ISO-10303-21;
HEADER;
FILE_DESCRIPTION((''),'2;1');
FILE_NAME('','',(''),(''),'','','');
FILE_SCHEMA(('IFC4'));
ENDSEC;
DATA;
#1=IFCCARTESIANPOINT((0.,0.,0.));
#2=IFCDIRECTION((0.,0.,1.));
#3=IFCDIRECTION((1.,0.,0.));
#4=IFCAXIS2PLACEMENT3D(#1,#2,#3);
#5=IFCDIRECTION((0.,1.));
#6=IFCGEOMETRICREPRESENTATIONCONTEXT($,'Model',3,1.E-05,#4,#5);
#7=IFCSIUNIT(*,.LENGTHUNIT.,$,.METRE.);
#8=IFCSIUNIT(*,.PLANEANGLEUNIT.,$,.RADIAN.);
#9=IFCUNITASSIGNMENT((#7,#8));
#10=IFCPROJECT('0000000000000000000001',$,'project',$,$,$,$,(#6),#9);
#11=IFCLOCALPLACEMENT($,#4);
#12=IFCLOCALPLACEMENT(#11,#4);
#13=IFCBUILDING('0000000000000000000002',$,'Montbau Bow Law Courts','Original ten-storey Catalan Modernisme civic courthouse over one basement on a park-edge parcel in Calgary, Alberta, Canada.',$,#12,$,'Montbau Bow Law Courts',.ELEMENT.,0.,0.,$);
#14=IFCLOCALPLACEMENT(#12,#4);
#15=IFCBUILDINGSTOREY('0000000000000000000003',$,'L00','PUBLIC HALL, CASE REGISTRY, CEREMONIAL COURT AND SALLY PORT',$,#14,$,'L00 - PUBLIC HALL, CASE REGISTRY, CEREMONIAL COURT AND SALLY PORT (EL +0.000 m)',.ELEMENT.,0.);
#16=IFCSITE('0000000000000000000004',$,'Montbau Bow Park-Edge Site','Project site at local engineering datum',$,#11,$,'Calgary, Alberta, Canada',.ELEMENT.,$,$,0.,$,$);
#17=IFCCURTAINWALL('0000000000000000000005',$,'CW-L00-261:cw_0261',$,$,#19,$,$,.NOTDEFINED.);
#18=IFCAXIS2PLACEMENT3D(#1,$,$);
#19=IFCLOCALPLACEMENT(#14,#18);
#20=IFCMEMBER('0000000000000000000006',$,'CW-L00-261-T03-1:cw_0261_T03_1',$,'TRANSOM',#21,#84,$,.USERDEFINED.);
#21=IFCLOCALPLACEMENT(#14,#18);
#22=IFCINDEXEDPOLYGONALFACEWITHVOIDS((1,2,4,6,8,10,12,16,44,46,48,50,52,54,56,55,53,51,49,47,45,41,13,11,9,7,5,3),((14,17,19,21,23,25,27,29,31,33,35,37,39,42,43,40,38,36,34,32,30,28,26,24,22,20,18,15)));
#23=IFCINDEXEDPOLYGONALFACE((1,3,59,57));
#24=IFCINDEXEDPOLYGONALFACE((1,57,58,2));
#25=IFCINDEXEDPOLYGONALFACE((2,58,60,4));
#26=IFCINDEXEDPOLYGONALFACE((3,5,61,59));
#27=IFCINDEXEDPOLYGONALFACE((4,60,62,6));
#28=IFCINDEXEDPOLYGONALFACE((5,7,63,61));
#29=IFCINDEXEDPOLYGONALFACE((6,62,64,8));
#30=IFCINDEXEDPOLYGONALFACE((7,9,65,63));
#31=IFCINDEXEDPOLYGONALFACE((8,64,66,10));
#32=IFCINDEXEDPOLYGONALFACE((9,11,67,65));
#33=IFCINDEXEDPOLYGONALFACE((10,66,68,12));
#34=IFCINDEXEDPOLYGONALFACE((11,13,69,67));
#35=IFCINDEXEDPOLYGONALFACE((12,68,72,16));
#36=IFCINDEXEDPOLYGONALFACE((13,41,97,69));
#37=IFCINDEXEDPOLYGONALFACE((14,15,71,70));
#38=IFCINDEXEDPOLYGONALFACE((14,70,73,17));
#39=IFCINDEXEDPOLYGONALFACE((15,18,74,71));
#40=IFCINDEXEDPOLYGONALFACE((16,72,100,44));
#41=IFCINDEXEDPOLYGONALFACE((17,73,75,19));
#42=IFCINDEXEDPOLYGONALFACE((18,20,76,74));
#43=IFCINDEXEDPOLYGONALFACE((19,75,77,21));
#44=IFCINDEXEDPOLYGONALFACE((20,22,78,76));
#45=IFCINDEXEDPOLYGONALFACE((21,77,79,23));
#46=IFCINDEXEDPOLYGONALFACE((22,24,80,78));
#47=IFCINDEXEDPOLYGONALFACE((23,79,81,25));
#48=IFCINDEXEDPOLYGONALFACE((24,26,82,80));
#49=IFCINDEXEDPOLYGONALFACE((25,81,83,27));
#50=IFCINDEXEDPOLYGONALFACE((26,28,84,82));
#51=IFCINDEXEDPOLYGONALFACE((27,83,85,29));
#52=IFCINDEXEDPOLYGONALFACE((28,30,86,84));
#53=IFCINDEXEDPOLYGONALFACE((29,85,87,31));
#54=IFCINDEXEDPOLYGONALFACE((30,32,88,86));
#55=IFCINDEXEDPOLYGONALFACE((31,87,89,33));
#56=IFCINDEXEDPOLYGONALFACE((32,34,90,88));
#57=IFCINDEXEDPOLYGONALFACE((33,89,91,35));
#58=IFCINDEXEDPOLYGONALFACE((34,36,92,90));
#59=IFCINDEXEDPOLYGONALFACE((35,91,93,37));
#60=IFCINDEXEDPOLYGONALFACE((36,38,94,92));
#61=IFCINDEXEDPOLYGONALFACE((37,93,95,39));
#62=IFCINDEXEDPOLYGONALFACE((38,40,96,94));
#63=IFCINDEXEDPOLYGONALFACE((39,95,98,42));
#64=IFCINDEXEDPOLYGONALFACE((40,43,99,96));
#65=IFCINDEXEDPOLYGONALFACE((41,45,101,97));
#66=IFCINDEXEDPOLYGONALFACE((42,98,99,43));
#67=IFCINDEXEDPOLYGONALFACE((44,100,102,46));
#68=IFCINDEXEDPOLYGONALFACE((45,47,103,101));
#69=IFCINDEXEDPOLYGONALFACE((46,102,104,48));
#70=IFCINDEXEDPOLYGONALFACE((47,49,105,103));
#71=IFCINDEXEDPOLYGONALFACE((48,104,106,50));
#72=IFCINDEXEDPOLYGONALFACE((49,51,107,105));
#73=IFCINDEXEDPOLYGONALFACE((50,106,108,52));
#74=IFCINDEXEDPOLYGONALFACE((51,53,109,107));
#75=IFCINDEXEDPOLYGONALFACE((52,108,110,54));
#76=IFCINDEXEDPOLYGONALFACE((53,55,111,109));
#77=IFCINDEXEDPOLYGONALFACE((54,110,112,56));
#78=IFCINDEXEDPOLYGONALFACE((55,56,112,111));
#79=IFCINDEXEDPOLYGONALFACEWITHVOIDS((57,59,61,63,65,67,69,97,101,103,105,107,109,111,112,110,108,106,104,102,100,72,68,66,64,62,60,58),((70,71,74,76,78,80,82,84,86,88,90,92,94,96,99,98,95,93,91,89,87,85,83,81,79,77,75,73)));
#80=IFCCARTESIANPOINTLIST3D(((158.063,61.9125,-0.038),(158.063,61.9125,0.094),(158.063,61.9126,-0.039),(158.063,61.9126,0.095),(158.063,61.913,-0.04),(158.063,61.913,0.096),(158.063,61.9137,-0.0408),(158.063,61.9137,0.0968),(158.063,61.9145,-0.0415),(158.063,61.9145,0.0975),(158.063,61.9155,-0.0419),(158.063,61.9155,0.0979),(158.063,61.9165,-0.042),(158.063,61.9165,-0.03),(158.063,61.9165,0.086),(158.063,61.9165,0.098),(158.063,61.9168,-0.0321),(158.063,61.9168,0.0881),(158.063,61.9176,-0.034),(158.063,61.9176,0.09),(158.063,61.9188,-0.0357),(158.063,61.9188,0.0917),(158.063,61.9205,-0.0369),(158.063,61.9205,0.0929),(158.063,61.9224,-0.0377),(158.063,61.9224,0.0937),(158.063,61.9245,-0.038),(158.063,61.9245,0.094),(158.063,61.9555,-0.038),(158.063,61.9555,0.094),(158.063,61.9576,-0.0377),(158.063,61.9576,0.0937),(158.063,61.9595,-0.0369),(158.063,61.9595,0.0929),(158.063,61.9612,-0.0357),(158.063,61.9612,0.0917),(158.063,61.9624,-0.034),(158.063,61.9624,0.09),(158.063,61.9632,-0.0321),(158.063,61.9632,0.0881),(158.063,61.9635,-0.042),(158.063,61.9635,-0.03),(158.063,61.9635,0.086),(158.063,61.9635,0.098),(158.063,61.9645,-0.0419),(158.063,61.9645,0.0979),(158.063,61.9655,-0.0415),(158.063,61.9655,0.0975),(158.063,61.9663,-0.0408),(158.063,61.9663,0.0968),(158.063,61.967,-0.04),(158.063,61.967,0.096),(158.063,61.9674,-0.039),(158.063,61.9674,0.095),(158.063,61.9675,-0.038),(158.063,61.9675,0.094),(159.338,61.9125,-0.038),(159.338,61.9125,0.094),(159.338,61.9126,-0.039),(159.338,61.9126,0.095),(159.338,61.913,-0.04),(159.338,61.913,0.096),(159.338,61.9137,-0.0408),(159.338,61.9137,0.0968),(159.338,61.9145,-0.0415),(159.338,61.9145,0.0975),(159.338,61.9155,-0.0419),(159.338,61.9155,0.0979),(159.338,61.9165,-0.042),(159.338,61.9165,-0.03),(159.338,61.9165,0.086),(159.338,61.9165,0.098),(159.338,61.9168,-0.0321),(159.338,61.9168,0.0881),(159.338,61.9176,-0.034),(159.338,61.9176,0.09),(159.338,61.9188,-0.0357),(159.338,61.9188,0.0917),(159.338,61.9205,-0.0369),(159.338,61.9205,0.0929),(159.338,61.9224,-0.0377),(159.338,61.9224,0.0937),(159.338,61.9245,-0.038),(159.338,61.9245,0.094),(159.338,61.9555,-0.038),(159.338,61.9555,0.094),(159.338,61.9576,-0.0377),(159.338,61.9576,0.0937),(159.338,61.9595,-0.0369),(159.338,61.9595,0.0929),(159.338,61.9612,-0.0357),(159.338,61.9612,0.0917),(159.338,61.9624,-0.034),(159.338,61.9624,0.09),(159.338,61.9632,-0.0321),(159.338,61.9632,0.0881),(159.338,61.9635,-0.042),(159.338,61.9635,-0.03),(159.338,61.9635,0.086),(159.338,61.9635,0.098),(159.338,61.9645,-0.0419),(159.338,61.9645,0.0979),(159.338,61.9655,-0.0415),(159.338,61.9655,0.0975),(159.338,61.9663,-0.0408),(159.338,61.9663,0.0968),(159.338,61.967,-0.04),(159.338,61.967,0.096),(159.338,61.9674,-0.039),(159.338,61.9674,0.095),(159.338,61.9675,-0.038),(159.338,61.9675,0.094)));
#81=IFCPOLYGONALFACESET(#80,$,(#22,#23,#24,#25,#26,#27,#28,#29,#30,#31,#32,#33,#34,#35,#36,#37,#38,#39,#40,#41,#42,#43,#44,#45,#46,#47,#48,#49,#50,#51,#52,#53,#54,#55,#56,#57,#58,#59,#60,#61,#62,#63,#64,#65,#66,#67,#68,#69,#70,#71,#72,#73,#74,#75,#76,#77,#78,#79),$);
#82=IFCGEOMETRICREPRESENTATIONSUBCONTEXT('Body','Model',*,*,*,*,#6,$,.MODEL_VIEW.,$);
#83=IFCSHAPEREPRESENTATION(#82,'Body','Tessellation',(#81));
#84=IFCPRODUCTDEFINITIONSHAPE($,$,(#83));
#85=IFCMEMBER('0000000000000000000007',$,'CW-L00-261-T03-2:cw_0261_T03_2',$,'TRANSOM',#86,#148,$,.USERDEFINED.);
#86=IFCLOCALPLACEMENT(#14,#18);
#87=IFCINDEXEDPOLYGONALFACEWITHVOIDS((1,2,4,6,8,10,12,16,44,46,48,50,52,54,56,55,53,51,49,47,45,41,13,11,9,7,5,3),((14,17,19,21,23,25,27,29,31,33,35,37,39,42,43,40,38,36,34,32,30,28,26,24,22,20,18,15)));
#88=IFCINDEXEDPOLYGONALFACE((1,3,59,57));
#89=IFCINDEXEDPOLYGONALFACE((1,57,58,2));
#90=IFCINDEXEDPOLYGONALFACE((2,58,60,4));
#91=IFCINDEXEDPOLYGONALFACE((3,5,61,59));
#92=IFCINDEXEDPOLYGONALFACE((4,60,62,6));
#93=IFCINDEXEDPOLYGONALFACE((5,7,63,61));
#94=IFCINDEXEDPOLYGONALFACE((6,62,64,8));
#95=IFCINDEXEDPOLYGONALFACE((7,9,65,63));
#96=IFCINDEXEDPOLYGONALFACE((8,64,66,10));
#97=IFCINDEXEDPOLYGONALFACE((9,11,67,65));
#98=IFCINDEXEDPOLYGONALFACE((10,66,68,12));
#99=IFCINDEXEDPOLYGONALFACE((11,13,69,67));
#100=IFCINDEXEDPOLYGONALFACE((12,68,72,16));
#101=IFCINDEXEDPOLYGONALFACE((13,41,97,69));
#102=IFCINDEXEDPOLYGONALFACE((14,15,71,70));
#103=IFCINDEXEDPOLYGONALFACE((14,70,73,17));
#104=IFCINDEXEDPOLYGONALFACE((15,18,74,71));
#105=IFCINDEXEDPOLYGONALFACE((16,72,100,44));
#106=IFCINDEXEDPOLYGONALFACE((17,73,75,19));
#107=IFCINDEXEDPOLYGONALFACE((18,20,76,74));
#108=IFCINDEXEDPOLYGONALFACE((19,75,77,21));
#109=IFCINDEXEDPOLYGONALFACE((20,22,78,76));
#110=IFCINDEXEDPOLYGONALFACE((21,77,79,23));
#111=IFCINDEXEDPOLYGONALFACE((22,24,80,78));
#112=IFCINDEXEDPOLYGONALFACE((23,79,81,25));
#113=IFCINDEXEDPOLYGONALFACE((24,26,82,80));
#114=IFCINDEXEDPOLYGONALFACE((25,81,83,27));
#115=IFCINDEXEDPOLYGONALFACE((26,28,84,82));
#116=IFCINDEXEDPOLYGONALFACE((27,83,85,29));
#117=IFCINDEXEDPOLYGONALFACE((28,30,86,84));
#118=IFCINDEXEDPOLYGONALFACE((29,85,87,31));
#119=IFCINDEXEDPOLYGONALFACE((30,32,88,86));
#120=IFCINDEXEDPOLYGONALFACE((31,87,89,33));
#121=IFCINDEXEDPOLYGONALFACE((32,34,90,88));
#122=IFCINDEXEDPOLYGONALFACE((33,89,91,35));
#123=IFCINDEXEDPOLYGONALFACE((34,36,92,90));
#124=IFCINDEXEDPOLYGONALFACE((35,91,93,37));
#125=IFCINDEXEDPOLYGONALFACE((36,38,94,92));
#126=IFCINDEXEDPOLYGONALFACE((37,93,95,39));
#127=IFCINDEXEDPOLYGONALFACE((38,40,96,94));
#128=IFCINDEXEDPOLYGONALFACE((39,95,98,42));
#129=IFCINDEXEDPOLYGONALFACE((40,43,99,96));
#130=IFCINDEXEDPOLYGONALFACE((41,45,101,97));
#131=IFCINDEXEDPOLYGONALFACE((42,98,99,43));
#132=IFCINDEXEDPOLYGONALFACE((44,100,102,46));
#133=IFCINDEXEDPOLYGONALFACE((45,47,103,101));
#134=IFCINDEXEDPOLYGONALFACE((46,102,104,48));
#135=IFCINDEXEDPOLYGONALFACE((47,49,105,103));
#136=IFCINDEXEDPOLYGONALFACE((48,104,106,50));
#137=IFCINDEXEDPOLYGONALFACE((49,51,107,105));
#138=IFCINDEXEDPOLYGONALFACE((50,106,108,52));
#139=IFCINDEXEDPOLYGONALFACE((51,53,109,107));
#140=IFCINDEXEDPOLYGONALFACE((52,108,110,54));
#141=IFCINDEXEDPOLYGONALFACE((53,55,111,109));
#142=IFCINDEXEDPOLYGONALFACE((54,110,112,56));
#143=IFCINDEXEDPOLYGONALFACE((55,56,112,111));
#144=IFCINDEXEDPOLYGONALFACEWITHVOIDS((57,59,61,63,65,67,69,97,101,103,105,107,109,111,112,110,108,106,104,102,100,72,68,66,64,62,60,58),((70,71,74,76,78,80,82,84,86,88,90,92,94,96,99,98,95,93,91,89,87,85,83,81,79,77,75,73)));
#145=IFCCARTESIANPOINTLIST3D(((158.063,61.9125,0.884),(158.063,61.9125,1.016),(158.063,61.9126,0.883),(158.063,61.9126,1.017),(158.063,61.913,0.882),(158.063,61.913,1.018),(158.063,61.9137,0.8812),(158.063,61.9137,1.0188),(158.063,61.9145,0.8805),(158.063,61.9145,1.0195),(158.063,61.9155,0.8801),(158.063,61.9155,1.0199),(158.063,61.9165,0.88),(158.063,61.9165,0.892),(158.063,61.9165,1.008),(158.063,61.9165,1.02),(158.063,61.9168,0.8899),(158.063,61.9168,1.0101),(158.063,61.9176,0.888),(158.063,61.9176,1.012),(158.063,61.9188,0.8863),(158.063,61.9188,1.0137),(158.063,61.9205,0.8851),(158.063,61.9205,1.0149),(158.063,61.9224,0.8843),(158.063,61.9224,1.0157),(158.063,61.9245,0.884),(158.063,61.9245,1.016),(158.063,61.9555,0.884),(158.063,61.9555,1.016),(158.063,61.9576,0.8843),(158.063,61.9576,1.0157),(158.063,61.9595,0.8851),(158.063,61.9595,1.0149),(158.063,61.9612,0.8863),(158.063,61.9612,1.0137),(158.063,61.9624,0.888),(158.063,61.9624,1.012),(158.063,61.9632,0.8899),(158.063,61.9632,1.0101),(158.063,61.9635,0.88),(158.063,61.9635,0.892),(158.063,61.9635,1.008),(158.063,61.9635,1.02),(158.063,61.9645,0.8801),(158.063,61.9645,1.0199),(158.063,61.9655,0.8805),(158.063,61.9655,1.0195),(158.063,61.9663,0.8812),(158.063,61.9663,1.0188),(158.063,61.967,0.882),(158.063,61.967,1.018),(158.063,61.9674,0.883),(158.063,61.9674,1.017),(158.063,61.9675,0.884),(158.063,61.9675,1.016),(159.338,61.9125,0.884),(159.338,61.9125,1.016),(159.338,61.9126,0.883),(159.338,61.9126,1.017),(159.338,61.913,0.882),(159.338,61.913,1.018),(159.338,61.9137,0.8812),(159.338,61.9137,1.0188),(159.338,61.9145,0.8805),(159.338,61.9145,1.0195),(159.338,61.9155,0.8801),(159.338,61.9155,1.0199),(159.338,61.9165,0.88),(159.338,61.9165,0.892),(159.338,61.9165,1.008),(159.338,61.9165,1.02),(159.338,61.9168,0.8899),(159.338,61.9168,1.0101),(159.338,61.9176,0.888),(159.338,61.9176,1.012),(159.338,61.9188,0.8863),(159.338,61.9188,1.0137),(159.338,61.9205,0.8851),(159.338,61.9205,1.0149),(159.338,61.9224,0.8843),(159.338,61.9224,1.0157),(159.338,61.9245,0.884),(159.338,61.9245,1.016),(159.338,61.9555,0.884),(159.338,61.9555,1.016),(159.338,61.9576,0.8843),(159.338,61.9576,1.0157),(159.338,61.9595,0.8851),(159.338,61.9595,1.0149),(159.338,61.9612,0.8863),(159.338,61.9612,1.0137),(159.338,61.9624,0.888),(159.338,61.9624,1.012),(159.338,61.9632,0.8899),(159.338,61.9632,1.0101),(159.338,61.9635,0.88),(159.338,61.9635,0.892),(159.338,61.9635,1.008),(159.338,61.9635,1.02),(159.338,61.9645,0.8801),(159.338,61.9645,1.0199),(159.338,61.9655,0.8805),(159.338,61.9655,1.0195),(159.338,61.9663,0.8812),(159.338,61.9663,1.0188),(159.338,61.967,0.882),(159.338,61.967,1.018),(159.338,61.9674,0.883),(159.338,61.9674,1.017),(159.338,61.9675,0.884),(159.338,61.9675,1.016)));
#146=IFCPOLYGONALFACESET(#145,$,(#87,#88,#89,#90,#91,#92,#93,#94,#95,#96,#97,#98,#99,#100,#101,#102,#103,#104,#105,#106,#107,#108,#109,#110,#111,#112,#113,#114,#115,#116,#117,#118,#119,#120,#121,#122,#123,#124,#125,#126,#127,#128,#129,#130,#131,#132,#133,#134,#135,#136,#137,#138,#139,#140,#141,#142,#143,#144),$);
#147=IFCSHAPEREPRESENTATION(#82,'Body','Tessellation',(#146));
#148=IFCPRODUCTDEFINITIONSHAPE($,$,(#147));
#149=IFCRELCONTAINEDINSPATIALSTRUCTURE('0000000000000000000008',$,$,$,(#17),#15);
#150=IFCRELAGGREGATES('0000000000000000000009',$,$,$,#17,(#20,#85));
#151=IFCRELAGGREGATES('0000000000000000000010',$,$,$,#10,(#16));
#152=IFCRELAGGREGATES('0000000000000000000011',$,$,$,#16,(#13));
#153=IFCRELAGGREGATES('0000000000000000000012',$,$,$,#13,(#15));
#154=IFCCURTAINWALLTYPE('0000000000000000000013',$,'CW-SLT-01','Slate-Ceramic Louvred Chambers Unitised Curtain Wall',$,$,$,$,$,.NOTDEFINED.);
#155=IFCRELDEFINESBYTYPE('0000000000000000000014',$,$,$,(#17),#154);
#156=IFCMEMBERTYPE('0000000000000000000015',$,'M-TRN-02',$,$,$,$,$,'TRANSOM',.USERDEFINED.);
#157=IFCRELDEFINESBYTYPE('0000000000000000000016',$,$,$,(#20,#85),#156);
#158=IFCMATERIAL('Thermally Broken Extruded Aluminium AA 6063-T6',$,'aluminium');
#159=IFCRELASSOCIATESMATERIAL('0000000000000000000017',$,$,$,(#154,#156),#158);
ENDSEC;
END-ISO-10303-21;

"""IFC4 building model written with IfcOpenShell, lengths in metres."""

from ifc_helpers import new_model, si_unit, direction, frame, origin_with_axes, origin_2d_with_axis, place, context, subcontext, project, spatial, hollow_rectangle, extrude, material, material_profile, profile_set, type_object, element, aggregate, save


model = new_model("IFC4")

# Units and contexts
model_context = context("Model", 3, precision=1e-05, world=origin_with_axes(), true_north=direction((0.0, 1.0)))
body_context = subcontext(model_context, "Body", "Model", "MODEL_VIEW")
ifc_project = project(units=[si_unit("LENGTHUNIT", "METRE"), si_unit("PLANEANGLEUNIT", "RADIAN")], contexts=[model_context])

# Site, building, storey
site_placement = place(None, origin_with_axes())
site = spatial("IfcSite", under=ifc_project, at=site_placement, Name="Montbau Bow Park-Edge Site", Description="Project site at local engineering datum", LongName="Calgary, Alberta, Canada", CompositionType="ELEMENT", RefElevation=0.0)
building_placement = place(site_placement, origin_with_axes())
building = spatial("IfcBuilding", under=site, at=building_placement, Name="Montbau Bow Law Courts", Description="Original ten-storey Catalan Modernisme civic courthouse over one basement on a park-edge parcel in Calgary, Alberta, Canada.", LongName="Montbau Bow Law Courts", CompositionType="ELEMENT", ElevationOfRefHeight=0.0, ElevationOfTerrain=0.0)
storey_placement = place(building_placement, origin_with_axes())
storey = spatial("IfcBuildingStorey", under=building, at=storey_placement, Name="L00", Description="PUBLIC HALL, CASE REGISTRY, CEREMONIAL COURT AND SALLY PORT", LongName="L00 - PUBLIC HALL, CASE REGISTRY, CEREMONIAL COURT AND SALLY PORT (EL +0.000 m)", CompositionType="ELEMENT", Elevation=0.0)

# Curtain wall, members
ifc_material_1 = material(Name="Thermally Broken Extruded Aluminium AA 6063-T6", Category="aluminium")
curtain_wall_type = type_object("IfcCurtainWallType", Name="CW-SLT-01", Description="Slate-Ceramic Louvred Chambers Unitised Curtain Wall", PredefinedType="NOTDEFINED", material=ifc_material_1)
curtain_wall_placement = place(None, frame((155.315, 61.94, 0.0), z_axis=(0.0, 0.0, 1.0), x_axis=(1.0, 0.0, 0.0)))
curtain_wall = element("IfcCurtainWall", 1, at=curtain_wall_placement, inside=storey, type_object=curtain_wall_type, Name="CW-L00-261:cw_0261", PredefinedType="NOTDEFINED")
ifc_material_profile_1 = material_profile(ifc_material_1, hollow_rectangle(XDim=0.055, YDim=0.14, WallThickness=0.004, InnerFilletRadius=0.008, OuterFilletRadius=0.004, at=origin_2d_with_axis()), Name="CWT-140X55", Category="Main", Priority=0)
ifc_profile_set_1 = profile_set([ifc_material_profile_1], Name="Thermally Broken Extruded Aluminium AA 6063-T6")
member_type_1 = type_object("IfcMemberType", Name="M-TRN-02", ElementType="TRANSOM", PredefinedType="USERDEFINED", material=ifc_profile_set_1)
member_1_placement = place(None, frame((158.063, 61.94, 0.028), z_axis=(1.0, 0.0, 0.0), x_axis=(0.0, 1.0, 0.0)))
member_1 = element("IfcMember", 2, at=member_1_placement, type_object=member_type_1, Name="CW-L00-261-T03-1:cw_0261_T03_1", ObjectType="TRANSOM", PredefinedType="USERDEFINED", context=body_context, shape_type="SweptSolid", body=[
    extrude(hollow_rectangle(XDim=0.055, YDim=0.14, WallThickness=0.004, InnerFilletRadius=0.008, OuterFilletRadius=0.004, at=origin_2d_with_axis()), origin_with_axes(), (0.0, 0.0, 1.0), 1.275),
])
member_2_placement = place(None, frame((158.063, 61.94, 0.95), z_axis=(1.0, 0.0, 0.0), x_axis=(0.0, 1.0, 0.0)))
member_2 = element("IfcMember", 3, at=member_2_placement, type_object=member_type_1, Name="CW-L00-261-T03-2:cw_0261_T03_2", ObjectType="TRANSOM", PredefinedType="USERDEFINED", context=body_context, shape_type="SweptSolid", body=[
    extrude(hollow_rectangle(XDim=0.055, YDim=0.14, WallThickness=0.004, InnerFilletRadius=0.008, OuterFilletRadius=0.004, at=origin_2d_with_axis()), origin_with_axes(), (0.0, 0.0, 1.0), 1.275),
])
aggregate(curtain_wall, [member_1, member_2])

save(model, "model.ifc")
